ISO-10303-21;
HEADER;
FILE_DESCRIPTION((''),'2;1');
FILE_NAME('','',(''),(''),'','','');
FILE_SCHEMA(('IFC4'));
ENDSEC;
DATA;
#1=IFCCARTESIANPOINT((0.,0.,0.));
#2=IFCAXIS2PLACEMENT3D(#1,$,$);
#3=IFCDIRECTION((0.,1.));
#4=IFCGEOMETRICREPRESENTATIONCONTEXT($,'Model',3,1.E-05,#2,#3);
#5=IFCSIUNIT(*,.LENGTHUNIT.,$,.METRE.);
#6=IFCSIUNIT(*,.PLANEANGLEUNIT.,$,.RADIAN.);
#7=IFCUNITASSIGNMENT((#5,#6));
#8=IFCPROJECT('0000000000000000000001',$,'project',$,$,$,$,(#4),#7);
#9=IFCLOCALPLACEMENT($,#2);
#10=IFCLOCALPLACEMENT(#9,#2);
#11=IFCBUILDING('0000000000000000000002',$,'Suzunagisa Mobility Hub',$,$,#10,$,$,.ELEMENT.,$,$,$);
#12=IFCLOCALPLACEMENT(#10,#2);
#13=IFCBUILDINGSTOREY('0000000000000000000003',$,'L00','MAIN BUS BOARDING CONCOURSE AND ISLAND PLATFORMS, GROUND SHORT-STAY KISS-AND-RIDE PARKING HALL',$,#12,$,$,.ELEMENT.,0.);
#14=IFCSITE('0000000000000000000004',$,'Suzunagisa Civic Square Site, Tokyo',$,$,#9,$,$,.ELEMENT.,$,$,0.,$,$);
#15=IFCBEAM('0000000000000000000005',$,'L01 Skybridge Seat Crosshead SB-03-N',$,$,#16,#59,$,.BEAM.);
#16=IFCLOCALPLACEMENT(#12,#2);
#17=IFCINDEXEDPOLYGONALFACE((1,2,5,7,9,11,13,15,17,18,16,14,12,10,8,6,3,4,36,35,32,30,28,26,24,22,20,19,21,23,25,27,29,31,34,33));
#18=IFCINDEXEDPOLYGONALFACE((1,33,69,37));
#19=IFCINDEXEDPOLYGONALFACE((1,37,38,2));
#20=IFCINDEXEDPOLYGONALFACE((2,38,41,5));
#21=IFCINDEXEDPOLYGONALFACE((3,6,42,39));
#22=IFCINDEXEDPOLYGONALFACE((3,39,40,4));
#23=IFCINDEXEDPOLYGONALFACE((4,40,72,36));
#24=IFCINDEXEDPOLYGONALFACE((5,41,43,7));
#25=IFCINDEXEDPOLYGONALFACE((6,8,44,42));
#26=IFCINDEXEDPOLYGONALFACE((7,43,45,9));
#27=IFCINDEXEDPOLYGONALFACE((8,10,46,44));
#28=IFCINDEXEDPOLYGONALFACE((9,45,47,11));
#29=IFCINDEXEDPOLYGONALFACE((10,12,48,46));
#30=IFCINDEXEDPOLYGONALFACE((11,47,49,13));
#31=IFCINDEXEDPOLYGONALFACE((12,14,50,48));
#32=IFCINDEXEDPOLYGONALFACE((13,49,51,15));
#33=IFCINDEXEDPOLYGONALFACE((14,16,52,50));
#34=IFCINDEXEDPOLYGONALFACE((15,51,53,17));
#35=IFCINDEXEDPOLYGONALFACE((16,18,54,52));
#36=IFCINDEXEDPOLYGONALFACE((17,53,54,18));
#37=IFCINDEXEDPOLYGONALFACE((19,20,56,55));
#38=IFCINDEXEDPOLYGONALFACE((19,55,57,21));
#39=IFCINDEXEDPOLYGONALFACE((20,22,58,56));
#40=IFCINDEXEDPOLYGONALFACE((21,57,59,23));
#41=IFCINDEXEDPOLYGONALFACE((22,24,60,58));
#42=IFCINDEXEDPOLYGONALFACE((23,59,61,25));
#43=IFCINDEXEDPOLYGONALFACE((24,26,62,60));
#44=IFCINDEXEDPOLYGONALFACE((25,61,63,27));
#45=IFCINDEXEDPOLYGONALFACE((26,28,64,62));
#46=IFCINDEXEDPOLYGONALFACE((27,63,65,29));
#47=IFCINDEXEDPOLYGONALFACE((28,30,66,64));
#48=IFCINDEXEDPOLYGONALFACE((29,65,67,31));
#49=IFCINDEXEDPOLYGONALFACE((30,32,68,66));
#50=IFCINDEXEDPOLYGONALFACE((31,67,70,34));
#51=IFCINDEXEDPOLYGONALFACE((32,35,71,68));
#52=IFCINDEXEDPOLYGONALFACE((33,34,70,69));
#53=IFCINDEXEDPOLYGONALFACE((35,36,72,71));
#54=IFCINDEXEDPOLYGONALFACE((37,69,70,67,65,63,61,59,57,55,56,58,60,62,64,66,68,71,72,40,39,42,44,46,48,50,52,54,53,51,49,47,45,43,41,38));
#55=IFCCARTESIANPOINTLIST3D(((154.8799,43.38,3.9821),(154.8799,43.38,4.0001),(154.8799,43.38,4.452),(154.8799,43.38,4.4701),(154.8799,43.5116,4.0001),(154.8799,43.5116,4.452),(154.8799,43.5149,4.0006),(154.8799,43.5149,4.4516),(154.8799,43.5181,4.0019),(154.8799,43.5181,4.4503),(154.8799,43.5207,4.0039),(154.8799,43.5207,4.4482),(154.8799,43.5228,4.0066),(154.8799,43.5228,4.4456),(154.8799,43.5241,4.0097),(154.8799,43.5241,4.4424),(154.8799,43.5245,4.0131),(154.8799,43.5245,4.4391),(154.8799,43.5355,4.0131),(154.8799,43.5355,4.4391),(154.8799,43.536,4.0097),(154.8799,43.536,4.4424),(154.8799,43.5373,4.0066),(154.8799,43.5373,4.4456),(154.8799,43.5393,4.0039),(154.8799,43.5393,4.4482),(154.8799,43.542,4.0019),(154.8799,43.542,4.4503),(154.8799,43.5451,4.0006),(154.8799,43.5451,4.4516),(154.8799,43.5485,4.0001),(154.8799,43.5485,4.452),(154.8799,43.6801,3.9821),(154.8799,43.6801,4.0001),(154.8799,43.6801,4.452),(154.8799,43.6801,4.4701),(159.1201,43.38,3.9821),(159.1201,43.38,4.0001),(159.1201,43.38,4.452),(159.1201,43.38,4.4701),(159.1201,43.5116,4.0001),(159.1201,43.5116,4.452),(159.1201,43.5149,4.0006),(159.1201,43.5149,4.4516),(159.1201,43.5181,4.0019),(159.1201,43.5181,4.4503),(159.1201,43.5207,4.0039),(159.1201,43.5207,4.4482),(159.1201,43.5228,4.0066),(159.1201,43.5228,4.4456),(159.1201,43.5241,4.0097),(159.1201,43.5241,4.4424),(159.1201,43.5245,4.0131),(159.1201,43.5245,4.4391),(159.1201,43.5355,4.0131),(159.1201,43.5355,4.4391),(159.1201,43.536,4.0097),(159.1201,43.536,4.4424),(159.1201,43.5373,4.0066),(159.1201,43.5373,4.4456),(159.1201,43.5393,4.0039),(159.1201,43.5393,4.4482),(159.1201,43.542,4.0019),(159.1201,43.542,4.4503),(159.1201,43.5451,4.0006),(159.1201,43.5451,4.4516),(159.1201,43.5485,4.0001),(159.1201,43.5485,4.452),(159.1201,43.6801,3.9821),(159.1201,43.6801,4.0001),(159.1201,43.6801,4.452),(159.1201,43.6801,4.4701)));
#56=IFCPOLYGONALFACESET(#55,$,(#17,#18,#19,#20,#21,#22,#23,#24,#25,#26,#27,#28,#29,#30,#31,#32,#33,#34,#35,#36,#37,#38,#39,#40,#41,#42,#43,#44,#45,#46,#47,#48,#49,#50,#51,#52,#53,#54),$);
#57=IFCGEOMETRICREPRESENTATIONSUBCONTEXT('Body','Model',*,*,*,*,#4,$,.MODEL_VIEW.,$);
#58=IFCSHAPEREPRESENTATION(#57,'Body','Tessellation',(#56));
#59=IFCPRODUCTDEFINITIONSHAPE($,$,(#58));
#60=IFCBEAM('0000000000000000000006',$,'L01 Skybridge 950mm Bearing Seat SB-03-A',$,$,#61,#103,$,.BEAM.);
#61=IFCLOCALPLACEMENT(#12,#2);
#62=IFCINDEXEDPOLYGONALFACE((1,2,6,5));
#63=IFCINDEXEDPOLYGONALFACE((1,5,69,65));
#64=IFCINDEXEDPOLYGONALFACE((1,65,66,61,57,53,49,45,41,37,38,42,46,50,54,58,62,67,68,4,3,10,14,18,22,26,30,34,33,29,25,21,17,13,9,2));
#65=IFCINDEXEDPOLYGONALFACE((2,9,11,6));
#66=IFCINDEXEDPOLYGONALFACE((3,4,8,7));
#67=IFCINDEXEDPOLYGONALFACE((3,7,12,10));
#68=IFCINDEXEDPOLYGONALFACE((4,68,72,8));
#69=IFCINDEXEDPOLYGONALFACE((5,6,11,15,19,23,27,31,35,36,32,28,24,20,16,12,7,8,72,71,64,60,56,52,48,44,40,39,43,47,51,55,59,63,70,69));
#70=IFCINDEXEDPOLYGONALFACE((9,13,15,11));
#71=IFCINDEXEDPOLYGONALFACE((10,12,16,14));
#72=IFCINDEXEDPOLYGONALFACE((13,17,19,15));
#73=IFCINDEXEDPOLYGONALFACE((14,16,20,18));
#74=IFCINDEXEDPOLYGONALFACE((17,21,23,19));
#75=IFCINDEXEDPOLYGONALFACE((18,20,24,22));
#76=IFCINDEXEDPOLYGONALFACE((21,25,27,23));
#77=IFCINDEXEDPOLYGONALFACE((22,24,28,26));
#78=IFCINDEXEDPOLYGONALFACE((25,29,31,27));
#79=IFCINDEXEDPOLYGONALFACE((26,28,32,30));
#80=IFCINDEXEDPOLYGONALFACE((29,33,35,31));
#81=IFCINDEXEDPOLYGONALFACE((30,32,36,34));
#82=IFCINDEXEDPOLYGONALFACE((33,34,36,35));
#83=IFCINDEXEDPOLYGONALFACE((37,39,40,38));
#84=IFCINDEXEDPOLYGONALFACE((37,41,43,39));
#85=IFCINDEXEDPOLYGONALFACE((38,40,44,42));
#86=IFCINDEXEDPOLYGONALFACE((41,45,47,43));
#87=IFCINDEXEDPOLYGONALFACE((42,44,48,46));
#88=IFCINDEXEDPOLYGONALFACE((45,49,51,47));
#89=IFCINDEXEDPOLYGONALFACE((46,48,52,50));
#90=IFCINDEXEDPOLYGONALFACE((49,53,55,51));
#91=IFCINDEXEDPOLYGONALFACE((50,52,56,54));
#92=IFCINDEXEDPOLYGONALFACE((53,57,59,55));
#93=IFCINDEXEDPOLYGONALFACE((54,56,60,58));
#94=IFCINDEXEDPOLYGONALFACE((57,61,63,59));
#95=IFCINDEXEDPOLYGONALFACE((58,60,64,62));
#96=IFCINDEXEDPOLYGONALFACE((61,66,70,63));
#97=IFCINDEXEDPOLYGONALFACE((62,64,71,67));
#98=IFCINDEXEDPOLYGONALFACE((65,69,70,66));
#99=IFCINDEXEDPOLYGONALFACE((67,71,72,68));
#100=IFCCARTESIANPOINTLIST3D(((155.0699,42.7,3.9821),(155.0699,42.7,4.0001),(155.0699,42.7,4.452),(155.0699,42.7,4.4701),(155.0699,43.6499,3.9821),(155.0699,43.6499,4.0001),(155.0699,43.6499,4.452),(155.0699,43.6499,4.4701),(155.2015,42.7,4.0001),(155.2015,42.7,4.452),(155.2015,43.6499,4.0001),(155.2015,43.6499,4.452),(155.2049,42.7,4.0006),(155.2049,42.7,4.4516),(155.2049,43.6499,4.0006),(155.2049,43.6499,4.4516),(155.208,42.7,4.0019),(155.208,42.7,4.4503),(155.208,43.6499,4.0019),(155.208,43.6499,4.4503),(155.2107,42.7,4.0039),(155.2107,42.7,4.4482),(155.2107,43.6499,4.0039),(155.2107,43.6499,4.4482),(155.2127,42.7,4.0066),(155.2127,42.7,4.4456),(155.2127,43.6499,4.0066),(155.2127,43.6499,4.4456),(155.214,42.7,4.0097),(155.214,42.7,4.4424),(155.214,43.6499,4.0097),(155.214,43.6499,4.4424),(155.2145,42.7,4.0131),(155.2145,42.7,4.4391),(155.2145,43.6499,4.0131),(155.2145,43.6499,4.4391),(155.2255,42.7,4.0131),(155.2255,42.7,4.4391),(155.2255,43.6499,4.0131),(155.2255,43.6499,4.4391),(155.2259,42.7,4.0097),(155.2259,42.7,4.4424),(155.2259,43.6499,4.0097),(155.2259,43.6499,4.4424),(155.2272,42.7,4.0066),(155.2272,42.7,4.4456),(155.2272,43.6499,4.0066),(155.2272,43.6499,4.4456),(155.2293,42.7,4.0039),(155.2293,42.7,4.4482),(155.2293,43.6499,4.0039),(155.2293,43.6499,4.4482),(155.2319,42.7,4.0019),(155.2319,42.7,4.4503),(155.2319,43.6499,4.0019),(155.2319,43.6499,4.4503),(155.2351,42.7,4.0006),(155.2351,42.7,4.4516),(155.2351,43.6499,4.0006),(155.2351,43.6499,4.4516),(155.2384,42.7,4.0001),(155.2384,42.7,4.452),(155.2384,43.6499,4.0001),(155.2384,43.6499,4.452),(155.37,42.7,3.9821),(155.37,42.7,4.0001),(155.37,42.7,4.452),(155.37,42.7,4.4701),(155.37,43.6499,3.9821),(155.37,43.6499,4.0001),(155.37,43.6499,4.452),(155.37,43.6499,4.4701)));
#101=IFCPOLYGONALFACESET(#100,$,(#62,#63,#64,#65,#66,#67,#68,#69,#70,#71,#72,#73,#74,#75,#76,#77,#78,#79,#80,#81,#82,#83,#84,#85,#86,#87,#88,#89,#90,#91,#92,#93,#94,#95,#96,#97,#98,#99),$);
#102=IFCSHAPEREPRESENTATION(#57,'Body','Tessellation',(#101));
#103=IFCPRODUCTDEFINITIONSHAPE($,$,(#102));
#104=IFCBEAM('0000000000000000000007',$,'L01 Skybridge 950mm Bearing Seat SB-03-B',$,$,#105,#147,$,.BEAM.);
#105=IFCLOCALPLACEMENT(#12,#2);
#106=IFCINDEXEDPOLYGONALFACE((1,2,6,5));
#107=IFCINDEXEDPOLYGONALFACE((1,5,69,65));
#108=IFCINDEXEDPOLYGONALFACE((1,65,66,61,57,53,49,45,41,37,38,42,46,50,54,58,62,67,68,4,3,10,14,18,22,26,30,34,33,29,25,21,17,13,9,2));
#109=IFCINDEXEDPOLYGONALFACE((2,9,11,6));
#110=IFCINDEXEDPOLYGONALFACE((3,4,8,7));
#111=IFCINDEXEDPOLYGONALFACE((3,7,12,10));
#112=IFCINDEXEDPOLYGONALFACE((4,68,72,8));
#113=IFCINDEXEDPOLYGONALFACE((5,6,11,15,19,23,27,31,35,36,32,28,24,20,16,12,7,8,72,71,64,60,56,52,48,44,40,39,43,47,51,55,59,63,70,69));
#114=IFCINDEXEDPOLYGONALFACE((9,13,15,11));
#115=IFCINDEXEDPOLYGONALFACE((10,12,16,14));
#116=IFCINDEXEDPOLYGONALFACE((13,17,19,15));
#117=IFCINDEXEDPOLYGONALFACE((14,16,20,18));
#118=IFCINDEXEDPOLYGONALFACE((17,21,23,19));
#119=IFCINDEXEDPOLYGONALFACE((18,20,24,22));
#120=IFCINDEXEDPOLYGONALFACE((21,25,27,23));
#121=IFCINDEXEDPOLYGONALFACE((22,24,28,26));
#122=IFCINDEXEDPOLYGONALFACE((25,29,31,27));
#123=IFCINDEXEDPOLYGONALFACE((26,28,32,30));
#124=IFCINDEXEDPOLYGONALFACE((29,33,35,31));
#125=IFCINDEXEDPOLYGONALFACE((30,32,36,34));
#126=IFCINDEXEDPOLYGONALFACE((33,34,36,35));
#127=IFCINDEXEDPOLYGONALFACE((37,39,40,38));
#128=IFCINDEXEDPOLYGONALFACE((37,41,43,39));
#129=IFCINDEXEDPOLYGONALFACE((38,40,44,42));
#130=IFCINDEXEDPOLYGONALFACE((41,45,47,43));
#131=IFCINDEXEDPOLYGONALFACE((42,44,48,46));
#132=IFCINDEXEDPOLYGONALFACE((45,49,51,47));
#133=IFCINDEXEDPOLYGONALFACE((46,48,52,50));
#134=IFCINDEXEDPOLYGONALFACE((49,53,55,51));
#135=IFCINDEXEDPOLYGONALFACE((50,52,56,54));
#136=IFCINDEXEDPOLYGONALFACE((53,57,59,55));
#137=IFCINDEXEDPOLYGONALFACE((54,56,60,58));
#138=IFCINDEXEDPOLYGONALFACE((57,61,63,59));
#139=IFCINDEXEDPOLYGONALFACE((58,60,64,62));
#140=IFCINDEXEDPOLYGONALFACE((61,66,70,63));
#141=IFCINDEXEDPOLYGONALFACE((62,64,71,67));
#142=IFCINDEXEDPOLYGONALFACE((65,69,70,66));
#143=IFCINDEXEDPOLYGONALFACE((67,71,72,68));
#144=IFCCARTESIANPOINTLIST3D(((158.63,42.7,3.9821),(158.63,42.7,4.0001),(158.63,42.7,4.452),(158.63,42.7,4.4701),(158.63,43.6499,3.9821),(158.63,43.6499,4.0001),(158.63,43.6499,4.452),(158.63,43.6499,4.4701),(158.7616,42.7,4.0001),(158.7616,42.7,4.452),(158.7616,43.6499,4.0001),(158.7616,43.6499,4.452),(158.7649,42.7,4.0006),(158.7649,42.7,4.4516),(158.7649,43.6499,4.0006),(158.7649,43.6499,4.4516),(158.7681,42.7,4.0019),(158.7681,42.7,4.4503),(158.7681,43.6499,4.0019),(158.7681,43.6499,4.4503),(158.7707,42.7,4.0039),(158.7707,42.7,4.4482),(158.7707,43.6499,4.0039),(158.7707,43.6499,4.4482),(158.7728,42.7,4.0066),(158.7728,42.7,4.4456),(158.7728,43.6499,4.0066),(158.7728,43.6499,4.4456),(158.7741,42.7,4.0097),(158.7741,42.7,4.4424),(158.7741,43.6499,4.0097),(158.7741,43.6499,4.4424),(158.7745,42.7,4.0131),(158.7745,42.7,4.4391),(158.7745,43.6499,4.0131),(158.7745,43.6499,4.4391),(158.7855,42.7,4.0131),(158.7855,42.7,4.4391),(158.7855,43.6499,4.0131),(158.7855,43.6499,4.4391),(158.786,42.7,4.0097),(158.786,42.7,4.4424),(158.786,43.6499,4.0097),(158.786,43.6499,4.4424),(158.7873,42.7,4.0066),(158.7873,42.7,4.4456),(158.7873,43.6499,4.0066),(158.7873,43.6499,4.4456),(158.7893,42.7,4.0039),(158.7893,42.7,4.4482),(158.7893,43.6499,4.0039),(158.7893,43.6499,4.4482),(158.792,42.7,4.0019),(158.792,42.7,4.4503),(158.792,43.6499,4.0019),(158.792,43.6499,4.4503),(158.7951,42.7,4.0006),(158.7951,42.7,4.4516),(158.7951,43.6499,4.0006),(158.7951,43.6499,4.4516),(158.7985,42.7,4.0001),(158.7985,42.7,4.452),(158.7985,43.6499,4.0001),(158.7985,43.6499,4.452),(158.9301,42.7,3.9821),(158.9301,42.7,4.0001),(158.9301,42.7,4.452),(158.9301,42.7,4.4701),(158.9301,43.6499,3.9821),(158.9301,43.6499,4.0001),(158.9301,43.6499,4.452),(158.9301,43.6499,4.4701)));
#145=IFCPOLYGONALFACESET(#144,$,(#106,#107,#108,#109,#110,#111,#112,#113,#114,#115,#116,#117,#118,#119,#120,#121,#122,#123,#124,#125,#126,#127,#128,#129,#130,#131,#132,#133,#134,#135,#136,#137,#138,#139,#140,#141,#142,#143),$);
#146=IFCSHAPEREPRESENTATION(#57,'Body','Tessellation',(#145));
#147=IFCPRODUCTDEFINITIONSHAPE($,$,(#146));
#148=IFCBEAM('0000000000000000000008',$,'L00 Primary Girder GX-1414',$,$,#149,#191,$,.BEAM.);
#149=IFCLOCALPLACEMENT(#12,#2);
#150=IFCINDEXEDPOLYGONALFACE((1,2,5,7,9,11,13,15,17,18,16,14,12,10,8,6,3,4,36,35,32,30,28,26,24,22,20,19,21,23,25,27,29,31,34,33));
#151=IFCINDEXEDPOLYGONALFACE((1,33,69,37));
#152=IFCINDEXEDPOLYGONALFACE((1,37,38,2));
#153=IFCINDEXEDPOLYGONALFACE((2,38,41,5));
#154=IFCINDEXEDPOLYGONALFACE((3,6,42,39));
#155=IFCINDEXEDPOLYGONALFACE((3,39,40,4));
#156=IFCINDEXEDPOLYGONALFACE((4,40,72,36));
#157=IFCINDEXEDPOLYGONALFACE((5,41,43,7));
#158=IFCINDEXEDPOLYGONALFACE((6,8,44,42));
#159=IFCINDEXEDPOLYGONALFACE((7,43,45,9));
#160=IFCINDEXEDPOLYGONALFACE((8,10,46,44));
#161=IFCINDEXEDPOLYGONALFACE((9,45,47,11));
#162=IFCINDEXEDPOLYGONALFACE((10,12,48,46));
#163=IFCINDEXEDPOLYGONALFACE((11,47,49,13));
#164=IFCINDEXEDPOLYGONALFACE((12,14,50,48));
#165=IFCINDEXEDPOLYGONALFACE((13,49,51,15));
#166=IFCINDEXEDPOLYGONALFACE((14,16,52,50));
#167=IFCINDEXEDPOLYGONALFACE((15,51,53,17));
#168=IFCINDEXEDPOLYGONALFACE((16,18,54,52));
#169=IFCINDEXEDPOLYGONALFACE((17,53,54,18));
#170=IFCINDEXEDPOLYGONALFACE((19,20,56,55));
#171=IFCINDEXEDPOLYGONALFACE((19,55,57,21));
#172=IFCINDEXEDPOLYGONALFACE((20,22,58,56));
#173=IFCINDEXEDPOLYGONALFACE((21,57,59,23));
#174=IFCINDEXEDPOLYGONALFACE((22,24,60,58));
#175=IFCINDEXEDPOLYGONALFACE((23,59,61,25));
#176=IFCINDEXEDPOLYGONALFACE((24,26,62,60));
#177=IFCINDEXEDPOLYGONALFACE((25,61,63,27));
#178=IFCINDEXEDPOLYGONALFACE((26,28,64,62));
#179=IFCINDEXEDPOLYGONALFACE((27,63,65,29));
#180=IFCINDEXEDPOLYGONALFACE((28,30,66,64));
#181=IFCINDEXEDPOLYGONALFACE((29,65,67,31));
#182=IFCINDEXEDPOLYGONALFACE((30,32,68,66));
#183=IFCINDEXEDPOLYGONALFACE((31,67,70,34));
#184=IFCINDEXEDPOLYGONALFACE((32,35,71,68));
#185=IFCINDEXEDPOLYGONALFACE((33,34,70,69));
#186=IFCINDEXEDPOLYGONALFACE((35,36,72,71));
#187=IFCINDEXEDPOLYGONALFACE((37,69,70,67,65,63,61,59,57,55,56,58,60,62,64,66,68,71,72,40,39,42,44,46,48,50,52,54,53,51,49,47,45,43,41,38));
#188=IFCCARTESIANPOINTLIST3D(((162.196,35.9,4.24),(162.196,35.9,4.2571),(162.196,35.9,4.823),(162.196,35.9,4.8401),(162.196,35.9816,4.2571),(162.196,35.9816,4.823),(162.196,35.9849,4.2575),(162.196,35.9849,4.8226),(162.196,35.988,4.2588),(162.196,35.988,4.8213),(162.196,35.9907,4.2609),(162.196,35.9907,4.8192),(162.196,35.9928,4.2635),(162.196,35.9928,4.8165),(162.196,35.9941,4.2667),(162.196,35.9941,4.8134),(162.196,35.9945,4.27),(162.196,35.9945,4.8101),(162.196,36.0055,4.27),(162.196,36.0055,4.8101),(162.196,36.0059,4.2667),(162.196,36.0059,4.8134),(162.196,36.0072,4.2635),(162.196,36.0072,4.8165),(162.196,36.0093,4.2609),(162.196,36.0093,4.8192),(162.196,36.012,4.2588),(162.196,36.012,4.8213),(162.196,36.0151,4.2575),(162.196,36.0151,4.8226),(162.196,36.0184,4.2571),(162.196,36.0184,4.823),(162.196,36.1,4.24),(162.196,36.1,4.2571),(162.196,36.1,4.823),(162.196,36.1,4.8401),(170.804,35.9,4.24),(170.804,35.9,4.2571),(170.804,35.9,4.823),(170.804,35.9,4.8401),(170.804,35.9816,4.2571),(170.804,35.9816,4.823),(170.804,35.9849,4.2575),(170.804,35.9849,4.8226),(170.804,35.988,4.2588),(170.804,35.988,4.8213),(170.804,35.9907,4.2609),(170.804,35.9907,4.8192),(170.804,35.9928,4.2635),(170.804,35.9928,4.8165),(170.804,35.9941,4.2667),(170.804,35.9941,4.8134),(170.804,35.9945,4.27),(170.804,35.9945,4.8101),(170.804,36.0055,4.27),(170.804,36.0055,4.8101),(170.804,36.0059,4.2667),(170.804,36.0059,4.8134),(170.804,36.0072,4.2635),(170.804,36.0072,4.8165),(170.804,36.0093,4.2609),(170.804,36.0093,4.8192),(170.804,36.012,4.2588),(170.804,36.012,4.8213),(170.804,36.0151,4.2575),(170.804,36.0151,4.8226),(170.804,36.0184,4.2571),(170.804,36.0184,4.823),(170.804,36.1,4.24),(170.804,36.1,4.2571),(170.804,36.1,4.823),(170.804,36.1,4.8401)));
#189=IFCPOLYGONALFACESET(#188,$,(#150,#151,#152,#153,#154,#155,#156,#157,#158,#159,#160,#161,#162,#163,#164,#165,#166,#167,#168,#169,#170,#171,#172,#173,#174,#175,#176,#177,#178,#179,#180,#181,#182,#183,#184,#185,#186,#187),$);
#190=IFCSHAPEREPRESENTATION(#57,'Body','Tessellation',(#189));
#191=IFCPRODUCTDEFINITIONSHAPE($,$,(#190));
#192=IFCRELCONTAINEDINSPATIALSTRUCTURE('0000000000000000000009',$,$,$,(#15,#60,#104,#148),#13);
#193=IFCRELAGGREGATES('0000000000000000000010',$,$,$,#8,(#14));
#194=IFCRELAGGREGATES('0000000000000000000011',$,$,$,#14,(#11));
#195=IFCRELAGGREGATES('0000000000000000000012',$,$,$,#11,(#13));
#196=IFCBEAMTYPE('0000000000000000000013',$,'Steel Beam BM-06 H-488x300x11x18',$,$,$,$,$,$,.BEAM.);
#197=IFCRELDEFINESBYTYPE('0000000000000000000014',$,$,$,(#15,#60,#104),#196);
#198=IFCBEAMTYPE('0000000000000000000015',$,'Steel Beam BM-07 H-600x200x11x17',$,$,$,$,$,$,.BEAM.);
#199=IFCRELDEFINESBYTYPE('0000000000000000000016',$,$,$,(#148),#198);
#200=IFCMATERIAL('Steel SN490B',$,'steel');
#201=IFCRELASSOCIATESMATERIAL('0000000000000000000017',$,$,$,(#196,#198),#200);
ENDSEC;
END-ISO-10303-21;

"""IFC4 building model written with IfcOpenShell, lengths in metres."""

from ifc_helpers import new_model, si_unit, direction, frame, origin, origin_2d, place, context, subcontext, project, spatial, i_section, extrude, material, material_profile, profile_set, type_object, element, save


model = new_model("IFC4")

# Units and contexts
model_context = context("Model", 3, precision=1e-05, world=origin(), true_north=direction((0.0, 1.0)))
body_context = subcontext(model_context, "Body", "Model", "MODEL_VIEW")
ifc_project = project(units=[si_unit("LENGTHUNIT", "METRE"), si_unit("PLANEANGLEUNIT", "RADIAN")], contexts=[model_context])

# Site, building, storey
site_placement = place(None, origin())
site = spatial("IfcSite", under=ifc_project, at=site_placement, Name="Suzunagisa Civic Square Site, Tokyo", CompositionType="ELEMENT", RefElevation=0.0)
building_placement = place(site_placement, origin())
building = spatial("IfcBuilding", under=site, at=building_placement, Name="Suzunagisa Mobility Hub", CompositionType="ELEMENT")
storey_placement = place(building_placement, origin())
storey = spatial("IfcBuildingStorey", under=building, at=storey_placement, Name="L00", Description="MAIN BUS BOARDING CONCOURSE AND ISLAND PLATFORMS, GROUND SHORT-STAY KISS-AND-RIDE PARKING HALL", CompositionType="ELEMENT", Elevation=0.0)

# Shared definitions
ifc_material_1 = material(Name="Steel SN490B", Category="steel")

# Beams
ifc_material_profile_1 = material_profile(ifc_material_1, i_section(OverallWidth=0.3, OverallDepth=0.488, WebThickness=0.011, FlangeThickness=0.0181, FilletRadius=0.0129, at=origin_2d()), Name="H-488x300x11x18")
ifc_profile_set_1 = profile_set([ifc_material_profile_1], Name="Steel SN490B")
beam_type_1 = type_object("IfcBeamType", Name="Steel Beam BM-06 H-488x300x11x18", PredefinedType="BEAM", material=ifc_profile_set_1)
for number, where, z_axis, x_axis, name in (
    (1, (154.8799, 43.53, 4.2261), (1.0, 0.0, 0.0), (0.0, 1.0, 0.0), "L01 Skybridge Seat Crosshead SB-03-N"),
):
    element("IfcBeam", number, at=place(storey_placement, frame(where, z_axis=z_axis, x_axis=x_axis)), inside=storey, type_object=beam_type_1, Name=name, PredefinedType="BEAM", context=body_context, shape_type="SweptSolid", body=[
        extrude(i_section(OverallWidth=0.3, OverallDepth=0.488, WebThickness=0.011, FlangeThickness=0.0181, FilletRadius=0.0129, at=origin_2d()), origin(), (0.0, 0.0, 1.0), 4.2402),
    ])
for number, where, z_axis, x_axis, name in (
    (2, (155.22, 42.7, 4.2261), (0.0, 1.0, 0.0), (-1.0, 0.0, 0.0), "L01 Skybridge 950mm Bearing Seat SB-03-A"),
    (3, (158.78, 42.7, 4.2261), (0.0, 1.0, 0.0), (-1.0, 0.0, 0.0), "L01 Skybridge 950mm Bearing Seat SB-03-B"),
):
    element("IfcBeam", number, at=place(storey_placement, frame(where, z_axis=z_axis, x_axis=x_axis)), inside=storey, type_object=beam_type_1, Name=name, PredefinedType="BEAM", context=body_context, shape_type="SweptSolid", body=[
        extrude(i_section(OverallWidth=0.3, OverallDepth=0.488, WebThickness=0.011, FlangeThickness=0.0181, FilletRadius=0.0129, at=origin_2d()), origin(), (0.0, 0.0, 1.0), 0.95),
    ])
ifc_material_profile_2 = material_profile(ifc_material_1, i_section(OverallWidth=0.2, OverallDepth=0.6001, WebThickness=0.011, FlangeThickness=0.0171, FilletRadius=0.0129, at=origin_2d()), Name="H-600x200x11x17")
ifc_profile_set_2 = profile_set([ifc_material_profile_2], Name="Steel SN490B")
beam_type_2 = type_object("IfcBeamType", Name="Steel Beam BM-07 H-600x200x11x17", PredefinedType="BEAM", material=ifc_profile_set_2)
beam_1_placement = place(storey_placement, frame((162.196, 36.0, 4.54), z_axis=(1.0, 0.0, 0.0), x_axis=(0.0, 1.0, 0.0)))
element("IfcBeam", 4, at=beam_1_placement, inside=storey, type_object=beam_type_2, Name="L00 Primary Girder GX-1414", PredefinedType="BEAM", context=body_context, shape_type="SweptSolid", body=[
    extrude(i_section(OverallWidth=0.2, OverallDepth=0.6001, WebThickness=0.011, FlangeThickness=0.0171, FilletRadius=0.0129, at=origin_2d()), origin(), (0.0, 0.0, 1.0), 8.6079),
])

save(model, "model.ifc")
